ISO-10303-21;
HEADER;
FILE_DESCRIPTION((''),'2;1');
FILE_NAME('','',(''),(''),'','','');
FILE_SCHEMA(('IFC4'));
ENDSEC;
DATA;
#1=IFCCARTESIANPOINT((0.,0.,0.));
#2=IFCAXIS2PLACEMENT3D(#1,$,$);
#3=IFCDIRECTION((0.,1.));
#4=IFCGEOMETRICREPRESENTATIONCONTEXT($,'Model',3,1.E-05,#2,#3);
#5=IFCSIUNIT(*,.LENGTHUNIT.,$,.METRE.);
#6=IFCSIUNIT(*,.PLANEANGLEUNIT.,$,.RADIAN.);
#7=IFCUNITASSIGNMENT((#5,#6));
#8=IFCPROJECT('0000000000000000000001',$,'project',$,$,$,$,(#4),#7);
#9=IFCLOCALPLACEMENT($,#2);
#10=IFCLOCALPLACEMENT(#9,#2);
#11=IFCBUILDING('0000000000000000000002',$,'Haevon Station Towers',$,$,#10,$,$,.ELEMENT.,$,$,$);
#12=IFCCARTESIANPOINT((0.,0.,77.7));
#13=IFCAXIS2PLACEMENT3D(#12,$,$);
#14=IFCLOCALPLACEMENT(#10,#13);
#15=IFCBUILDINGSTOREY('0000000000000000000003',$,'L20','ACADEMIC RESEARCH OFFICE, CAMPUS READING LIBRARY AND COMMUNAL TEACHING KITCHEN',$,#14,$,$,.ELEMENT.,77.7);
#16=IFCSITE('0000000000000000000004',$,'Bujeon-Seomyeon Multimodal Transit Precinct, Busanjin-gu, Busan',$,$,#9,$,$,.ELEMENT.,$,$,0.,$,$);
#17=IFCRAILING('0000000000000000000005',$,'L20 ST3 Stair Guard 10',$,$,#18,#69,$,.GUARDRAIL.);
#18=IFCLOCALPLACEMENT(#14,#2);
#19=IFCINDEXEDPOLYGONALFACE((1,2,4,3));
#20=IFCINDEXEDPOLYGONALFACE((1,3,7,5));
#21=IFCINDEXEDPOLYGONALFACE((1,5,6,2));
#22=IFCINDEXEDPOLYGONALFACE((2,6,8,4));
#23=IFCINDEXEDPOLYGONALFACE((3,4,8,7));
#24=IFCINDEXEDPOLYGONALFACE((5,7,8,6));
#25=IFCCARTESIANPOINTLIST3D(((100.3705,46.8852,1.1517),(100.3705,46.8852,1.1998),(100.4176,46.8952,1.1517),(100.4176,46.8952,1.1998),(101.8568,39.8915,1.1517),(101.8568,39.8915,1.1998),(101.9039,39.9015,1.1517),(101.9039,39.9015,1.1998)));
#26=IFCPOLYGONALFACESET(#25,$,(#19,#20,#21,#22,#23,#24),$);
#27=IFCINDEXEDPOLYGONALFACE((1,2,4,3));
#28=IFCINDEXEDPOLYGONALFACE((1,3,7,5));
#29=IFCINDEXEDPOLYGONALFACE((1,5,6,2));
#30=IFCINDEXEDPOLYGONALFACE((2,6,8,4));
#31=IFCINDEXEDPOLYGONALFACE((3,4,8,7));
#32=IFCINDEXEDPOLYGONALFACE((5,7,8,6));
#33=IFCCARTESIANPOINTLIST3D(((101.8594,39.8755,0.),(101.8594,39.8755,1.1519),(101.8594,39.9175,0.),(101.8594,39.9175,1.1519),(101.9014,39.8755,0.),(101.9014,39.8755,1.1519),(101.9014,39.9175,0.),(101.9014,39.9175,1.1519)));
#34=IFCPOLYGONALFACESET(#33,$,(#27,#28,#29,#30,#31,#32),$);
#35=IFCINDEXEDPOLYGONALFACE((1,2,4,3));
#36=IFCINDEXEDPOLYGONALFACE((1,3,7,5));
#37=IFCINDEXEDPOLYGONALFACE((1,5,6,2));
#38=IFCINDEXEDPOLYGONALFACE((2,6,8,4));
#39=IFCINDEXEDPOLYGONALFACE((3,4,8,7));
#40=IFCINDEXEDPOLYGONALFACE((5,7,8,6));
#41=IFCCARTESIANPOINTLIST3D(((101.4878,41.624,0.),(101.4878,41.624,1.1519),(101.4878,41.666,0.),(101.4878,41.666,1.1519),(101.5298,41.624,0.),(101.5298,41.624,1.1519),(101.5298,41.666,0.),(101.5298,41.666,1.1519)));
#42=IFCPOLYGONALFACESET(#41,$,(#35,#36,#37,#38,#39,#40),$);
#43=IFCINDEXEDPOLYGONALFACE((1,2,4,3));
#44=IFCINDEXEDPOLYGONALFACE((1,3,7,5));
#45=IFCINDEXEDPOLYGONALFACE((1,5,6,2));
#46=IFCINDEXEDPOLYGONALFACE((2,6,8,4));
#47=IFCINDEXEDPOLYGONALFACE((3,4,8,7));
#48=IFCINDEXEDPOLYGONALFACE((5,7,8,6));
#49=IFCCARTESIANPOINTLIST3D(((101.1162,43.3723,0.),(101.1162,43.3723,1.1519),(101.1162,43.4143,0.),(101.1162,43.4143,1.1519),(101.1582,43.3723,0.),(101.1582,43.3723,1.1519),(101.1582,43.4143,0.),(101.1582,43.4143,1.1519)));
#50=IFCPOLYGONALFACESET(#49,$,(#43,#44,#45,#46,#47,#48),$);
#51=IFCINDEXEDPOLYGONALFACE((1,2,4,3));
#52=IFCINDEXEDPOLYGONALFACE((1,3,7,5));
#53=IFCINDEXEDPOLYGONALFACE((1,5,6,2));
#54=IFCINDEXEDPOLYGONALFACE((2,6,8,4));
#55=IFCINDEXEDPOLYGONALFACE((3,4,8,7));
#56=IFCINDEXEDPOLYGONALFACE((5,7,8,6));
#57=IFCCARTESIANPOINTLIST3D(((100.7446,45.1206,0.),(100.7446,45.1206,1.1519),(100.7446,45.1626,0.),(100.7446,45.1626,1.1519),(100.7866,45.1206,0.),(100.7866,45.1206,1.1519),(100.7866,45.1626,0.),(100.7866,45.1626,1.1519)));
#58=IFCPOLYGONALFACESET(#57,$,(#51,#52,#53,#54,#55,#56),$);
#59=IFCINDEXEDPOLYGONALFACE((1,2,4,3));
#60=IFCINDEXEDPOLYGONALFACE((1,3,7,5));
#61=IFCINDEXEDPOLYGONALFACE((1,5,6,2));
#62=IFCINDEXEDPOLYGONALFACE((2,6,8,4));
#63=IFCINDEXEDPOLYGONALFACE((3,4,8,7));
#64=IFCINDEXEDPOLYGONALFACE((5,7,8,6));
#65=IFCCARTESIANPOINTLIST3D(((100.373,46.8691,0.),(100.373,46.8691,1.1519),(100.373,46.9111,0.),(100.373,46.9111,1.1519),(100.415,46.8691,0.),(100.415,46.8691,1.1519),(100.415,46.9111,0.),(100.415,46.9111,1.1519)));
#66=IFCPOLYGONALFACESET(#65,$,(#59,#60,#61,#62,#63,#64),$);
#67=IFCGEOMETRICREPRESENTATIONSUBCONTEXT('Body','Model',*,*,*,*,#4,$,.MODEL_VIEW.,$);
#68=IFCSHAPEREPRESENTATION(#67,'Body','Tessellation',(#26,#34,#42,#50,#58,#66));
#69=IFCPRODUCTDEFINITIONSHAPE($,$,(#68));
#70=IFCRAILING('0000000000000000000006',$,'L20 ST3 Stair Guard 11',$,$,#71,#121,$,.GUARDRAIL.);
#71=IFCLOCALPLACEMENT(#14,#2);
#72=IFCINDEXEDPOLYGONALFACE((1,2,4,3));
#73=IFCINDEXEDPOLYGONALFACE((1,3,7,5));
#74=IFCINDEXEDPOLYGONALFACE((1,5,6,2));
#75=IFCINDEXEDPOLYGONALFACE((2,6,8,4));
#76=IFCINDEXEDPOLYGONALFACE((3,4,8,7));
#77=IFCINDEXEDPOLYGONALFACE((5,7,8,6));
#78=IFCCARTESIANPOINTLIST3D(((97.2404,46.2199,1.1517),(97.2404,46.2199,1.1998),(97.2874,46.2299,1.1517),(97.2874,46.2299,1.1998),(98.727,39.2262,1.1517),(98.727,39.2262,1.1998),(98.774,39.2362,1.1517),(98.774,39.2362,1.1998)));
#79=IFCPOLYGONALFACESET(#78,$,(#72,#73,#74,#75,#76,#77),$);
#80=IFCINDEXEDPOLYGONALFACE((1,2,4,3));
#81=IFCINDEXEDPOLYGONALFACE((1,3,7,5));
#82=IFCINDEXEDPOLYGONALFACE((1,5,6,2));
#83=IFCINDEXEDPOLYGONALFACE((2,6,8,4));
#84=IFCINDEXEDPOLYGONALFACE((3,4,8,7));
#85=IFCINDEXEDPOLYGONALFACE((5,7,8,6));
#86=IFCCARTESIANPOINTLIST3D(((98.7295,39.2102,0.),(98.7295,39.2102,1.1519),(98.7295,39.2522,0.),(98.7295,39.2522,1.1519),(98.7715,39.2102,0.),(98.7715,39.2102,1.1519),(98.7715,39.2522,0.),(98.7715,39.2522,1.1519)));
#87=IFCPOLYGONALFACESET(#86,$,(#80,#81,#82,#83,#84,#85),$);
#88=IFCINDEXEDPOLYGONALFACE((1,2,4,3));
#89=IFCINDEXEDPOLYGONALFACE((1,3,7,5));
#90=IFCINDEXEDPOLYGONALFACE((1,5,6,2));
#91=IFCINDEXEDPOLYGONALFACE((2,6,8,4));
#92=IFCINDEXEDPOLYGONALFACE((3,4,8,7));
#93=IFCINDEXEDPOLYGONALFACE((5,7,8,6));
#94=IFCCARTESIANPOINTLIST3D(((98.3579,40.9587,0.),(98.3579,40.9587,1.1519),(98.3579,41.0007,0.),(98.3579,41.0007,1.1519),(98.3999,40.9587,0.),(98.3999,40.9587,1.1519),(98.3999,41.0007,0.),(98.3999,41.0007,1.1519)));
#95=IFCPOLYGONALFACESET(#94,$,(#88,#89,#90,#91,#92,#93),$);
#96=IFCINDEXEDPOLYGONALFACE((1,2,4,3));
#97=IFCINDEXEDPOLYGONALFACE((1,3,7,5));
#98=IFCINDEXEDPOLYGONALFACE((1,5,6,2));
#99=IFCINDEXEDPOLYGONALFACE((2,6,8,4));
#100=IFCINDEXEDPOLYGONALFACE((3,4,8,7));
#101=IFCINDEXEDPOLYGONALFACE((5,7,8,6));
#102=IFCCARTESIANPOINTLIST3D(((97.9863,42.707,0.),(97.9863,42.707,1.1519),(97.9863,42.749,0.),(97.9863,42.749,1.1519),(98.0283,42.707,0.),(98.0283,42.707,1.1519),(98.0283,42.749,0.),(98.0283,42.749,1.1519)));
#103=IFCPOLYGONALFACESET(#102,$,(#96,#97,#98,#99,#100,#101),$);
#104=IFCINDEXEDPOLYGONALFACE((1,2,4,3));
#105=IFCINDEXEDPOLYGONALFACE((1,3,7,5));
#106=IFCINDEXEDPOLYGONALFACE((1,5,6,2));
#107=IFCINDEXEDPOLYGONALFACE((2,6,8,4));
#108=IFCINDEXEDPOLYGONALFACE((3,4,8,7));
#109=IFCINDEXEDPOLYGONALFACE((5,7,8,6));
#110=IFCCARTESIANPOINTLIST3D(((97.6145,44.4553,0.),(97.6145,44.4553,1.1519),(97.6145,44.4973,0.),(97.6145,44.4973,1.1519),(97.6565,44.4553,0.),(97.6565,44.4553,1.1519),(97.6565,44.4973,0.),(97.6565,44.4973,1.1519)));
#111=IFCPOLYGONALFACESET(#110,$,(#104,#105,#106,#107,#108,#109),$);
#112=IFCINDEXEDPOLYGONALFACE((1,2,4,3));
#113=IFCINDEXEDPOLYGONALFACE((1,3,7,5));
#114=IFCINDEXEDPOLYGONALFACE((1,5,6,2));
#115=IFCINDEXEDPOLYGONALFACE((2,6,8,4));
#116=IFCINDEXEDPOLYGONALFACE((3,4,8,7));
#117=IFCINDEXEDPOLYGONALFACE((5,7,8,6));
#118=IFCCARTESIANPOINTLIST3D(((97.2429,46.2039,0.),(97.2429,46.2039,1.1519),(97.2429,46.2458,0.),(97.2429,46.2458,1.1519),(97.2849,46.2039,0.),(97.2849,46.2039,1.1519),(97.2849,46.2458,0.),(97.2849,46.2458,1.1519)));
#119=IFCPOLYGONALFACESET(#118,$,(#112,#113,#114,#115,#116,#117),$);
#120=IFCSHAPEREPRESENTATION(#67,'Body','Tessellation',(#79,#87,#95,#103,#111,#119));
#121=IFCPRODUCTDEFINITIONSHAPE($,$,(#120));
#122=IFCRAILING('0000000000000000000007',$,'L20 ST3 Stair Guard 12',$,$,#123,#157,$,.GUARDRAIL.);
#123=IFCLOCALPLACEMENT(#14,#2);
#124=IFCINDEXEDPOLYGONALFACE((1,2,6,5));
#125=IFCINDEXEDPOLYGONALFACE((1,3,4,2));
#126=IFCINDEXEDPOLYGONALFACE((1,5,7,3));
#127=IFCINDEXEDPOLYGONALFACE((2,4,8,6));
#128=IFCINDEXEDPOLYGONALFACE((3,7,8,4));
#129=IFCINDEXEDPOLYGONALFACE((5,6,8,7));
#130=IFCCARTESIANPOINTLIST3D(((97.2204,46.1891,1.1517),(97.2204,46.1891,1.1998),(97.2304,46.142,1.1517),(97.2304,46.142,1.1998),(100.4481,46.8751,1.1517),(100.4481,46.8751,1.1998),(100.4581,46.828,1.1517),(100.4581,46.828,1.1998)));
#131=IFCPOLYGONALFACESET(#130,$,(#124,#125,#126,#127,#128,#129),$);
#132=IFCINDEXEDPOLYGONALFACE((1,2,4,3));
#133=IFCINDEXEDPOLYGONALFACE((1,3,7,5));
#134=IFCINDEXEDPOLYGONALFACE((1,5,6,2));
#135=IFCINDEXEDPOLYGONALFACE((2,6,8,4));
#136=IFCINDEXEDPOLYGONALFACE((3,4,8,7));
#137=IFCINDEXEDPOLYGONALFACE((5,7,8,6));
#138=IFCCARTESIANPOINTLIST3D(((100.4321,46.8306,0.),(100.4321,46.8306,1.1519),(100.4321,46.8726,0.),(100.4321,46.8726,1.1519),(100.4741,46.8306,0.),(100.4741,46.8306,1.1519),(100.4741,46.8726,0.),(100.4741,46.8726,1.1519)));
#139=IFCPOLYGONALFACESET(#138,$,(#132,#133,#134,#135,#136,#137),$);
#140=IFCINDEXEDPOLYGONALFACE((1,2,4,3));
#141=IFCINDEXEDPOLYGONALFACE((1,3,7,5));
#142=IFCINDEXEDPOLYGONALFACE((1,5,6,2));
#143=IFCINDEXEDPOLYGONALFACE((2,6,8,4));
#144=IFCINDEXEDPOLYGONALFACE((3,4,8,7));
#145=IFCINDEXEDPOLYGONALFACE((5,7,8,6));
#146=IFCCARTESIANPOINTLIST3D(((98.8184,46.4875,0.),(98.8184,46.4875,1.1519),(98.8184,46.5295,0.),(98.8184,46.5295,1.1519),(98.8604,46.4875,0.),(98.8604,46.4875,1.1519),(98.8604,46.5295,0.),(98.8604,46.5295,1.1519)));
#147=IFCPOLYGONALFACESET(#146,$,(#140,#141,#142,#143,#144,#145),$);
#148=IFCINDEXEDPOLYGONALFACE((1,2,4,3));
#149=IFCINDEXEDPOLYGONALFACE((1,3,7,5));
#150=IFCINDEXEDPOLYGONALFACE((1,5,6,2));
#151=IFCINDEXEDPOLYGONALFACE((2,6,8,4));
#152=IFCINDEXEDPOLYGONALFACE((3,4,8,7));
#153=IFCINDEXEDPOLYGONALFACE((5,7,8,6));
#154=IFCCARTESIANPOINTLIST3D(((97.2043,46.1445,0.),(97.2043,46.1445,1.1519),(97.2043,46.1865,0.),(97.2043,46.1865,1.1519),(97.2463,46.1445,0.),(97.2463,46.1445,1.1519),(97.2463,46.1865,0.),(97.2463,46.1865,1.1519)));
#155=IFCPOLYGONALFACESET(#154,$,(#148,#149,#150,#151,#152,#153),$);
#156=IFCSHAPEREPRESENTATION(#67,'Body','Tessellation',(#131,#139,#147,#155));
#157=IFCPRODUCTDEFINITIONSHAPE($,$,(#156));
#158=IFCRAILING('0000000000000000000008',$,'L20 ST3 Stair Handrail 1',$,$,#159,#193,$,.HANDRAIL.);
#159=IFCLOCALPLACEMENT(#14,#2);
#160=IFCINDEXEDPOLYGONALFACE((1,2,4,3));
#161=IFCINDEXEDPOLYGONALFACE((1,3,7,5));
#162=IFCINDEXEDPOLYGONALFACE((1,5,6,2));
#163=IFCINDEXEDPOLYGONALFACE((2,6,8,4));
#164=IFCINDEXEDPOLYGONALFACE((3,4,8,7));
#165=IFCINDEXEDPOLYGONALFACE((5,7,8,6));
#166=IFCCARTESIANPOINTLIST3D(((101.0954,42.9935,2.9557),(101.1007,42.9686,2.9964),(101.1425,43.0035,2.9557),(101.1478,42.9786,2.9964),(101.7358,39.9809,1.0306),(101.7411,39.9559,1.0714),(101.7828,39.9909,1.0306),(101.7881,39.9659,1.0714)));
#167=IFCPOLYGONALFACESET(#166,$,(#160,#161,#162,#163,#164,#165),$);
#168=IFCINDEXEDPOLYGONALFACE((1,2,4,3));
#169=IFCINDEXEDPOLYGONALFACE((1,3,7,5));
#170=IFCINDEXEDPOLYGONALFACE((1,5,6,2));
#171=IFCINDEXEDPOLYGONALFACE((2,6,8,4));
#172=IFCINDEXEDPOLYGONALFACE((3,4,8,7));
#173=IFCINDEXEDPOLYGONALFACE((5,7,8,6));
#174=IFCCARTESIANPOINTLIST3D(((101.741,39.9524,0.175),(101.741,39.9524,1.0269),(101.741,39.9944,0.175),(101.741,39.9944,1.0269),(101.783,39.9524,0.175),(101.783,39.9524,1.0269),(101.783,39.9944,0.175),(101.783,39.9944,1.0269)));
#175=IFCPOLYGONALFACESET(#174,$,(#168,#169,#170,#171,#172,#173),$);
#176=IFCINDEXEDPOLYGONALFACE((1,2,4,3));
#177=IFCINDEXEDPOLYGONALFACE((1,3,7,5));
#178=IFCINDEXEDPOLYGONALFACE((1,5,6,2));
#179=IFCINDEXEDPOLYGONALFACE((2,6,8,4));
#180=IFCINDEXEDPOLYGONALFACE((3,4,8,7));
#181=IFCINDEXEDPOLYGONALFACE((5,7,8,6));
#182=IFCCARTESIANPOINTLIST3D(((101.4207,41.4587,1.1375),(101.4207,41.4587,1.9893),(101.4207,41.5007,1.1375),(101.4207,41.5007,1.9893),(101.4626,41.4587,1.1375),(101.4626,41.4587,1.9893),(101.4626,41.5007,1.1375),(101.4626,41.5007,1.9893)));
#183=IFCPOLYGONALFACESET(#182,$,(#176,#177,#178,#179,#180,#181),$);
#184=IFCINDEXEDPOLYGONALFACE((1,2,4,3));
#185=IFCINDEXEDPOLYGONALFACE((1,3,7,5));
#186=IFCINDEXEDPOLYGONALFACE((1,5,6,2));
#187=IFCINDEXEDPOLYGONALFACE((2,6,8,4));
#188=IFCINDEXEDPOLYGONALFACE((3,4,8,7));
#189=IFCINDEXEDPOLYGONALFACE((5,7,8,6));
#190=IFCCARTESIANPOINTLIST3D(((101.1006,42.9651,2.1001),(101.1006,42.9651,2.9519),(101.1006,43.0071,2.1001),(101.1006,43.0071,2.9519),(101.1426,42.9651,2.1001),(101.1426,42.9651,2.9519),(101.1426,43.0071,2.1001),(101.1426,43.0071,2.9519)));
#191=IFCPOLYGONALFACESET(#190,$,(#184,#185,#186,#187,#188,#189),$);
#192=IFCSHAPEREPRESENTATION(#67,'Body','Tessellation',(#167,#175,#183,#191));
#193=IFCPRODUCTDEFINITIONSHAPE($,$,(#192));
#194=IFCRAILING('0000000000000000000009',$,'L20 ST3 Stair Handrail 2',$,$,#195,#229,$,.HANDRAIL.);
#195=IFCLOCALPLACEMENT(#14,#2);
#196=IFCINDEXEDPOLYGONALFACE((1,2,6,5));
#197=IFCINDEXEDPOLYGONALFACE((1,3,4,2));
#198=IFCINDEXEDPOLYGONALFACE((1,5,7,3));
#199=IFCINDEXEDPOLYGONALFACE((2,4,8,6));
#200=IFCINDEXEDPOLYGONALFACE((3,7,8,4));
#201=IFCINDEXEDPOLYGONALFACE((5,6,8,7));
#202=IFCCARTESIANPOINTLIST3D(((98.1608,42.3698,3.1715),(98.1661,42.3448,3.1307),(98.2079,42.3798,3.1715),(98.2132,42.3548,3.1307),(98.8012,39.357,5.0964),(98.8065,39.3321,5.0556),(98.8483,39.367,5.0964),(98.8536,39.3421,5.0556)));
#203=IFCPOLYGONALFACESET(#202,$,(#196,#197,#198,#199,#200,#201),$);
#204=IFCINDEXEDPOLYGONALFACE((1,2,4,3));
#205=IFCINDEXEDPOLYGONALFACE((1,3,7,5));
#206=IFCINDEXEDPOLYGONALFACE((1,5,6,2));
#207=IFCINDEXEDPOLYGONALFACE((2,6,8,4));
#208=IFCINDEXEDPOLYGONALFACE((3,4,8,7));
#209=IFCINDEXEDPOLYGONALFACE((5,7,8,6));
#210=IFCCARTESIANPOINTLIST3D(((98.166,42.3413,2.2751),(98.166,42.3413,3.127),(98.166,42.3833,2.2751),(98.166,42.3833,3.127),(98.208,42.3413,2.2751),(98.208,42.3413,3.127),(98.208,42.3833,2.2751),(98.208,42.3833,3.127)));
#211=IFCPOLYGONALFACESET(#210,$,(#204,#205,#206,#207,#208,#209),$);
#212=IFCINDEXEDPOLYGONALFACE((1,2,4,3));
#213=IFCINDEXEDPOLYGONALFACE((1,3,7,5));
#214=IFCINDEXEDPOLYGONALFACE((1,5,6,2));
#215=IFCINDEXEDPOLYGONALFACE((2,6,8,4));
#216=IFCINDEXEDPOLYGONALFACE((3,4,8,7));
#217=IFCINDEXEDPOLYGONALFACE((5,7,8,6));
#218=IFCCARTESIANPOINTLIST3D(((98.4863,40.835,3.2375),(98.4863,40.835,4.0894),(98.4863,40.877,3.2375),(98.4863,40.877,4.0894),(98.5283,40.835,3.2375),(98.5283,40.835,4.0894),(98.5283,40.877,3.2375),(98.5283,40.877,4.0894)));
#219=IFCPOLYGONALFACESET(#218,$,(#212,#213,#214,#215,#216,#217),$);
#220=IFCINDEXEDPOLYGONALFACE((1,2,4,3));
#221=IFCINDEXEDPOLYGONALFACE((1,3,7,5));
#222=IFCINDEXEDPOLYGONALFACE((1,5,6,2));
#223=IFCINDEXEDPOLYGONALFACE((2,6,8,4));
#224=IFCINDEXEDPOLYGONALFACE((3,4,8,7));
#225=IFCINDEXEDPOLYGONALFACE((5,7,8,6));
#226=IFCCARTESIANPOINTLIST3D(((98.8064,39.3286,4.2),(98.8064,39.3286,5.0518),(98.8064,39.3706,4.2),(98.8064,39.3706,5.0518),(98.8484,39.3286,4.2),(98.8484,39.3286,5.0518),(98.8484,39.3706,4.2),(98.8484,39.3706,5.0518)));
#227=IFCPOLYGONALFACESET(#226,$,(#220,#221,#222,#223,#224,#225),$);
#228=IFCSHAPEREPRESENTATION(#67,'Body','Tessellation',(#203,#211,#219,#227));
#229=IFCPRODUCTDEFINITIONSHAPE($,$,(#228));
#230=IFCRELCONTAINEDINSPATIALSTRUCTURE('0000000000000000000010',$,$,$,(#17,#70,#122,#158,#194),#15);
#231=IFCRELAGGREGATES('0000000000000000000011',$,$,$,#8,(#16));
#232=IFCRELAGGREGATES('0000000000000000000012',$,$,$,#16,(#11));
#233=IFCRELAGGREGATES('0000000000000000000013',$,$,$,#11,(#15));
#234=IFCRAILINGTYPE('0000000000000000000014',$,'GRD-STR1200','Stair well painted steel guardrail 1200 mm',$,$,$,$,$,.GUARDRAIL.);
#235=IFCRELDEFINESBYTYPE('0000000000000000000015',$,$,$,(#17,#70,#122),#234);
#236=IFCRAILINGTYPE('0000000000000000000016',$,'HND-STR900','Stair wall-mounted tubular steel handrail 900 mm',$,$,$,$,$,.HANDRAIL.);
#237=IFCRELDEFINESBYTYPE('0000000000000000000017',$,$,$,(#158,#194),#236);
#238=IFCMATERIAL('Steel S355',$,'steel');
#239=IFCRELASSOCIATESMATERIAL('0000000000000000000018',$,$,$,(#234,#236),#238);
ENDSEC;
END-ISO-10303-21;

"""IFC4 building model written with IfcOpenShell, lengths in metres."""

from ifc_helpers import new_model, si_unit, direction, frame, origin, origin_2d, place, context, subcontext, project, spatial, rectangle, extrude, material, type_object, element, save


model = new_model("IFC4")

# Units and contexts
model_context = context("Model", 3, precision=1e-05, world=origin(), true_north=direction((0.0, 1.0)))
body_context = subcontext(model_context, "Body", "Model", "MODEL_VIEW")
ifc_project = project(units=[si_unit("LENGTHUNIT", "METRE"), si_unit("PLANEANGLEUNIT", "RADIAN")], contexts=[model_context])

# Site, building, storey
site_placement = place(None, origin())
site = spatial("IfcSite", under=ifc_project, at=site_placement, Name="Bujeon-Seomyeon Multimodal Transit Precinct, Busanjin-gu, Busan", CompositionType="ELEMENT", RefElevation=0.0)
building_placement = place(site_placement, origin())
building = spatial("IfcBuilding", under=site, at=building_placement, Name="Haevon Station Towers", CompositionType="ELEMENT")
storey_placement = place(building_placement, frame((0.0, 0.0, 77.7)))
storey = spatial("IfcBuildingStorey", under=building, at=storey_placement, Name="L20", Description="ACADEMIC RESEARCH OFFICE, CAMPUS READING LIBRARY AND COMMUNAL TEACHING KITCHEN", CompositionType="ELEMENT", Elevation=77.7)

# Shared definitions
ifc_material_1 = material(Name="Steel S355", Category="steel")

# Railings
railing_type_1 = type_object("IfcRailingType", Name="GRD-STR1200", Description="Stair well painted steel guardrail 1200 mm", PredefinedType="GUARDRAIL", material=ifc_material_1)
railing_1_placement = place(storey_placement, frame((101.8804, 39.8965, 0.0)))
element("IfcRailing", 1, at=railing_1_placement, inside=storey, type_object=railing_type_1, Name="L20 ST3 Stair Guard 10", PredefinedType="GUARDRAIL", context=body_context, shape_type="SweptSolid", body=[
    extrude(rectangle(XDim=0.0481, YDim=0.0481, at=origin_2d()), frame((0.0, 0.0, 1.1758), z_axis=(-0.207882, 0.978154, 0.0), x_axis=(-0.978154, -0.207882, 0.0)), (0.0, 0.0, 1.0), 7.1499),
    extrude(rectangle(XDim=0.042, YDim=0.042, at=origin_2d()), origin(), (0.0, 0.0, 1.0), 1.1519),
    extrude(rectangle(XDim=0.042, YDim=0.042, at=origin_2d()), frame((-0.3716, 1.7485, 0.0)), (0.0, 0.0, 1.0), 1.1519),
    extrude(rectangle(XDim=0.042, YDim=0.042, at=origin_2d()), frame((-0.7432, 3.4968, 0.0)), (0.0, 0.0, 1.0), 1.1519),
    extrude(rectangle(XDim=0.042, YDim=0.042, at=origin_2d()), frame((-1.1147, 5.2451, 0.0)), (0.0, 0.0, 1.0), 1.1519),
    extrude(rectangle(XDim=0.042, YDim=0.042, at=origin_2d()), frame((-1.4863, 6.9937, 0.0)), (0.0, 0.0, 1.0), 1.1519),
])
railing_2_placement = place(storey_placement, frame((98.7505, 39.2312, 0.0)))
element("IfcRailing", 2, at=railing_2_placement, inside=storey, type_object=railing_type_1, Name="L20 ST3 Stair Guard 11", PredefinedType="GUARDRAIL", context=body_context, shape_type="SweptSolid", body=[
    extrude(rectangle(XDim=0.0481, YDim=0.0481, at=origin_2d()), frame((0.0, 0.0, 1.1758), z_axis=(-0.207915, 0.978147, 0.0), x_axis=(-0.978147, -0.207915, 0.0)), (0.0, 0.0, 1.0), 7.1499),
    extrude(rectangle(XDim=0.042, YDim=0.042, at=origin_2d()), origin(), (0.0, 0.0, 1.0), 1.1519),
    extrude(rectangle(XDim=0.042, YDim=0.042, at=origin_2d()), frame((-0.3716, 1.7485, 0.0)), (0.0, 0.0, 1.0), 1.1519),
    extrude(rectangle(XDim=0.042, YDim=0.042, at=origin_2d()), frame((-0.7432, 3.4968, 0.0)), (0.0, 0.0, 1.0), 1.1519),
    extrude(rectangle(XDim=0.042, YDim=0.042, at=origin_2d()), frame((-1.115, 5.2451, 0.0)), (0.0, 0.0, 1.0), 1.1519),
    extrude(rectangle(XDim=0.042, YDim=0.042, at=origin_2d()), frame((-1.4866, 6.9937, 0.0)), (0.0, 0.0, 1.0), 1.1519),
])
railing_3_placement = place(storey_placement, frame((100.4531, 46.8516, 0.0)))
element("IfcRailing", 3, at=railing_3_placement, inside=storey, type_object=railing_type_1, Name="L20 ST3 Stair Guard 12", PredefinedType="GUARDRAIL", context=body_context, shape_type="SweptSolid", body=[
    extrude(rectangle(XDim=0.0481, YDim=0.0481, at=origin_2d()), frame((0.0, 0.0, 1.1758), z_axis=(-0.978151, -0.207897, 0.0), x_axis=(0.207897, -0.978151, 0.0)), (0.0, 0.0, 1.0), 3.2998),
    extrude(rectangle(XDim=0.042, YDim=0.042, at=origin_2d()), origin(), (0.0, 0.0, 1.0), 1.1519),
    extrude(rectangle(XDim=0.042, YDim=0.042, at=origin_2d()), frame((-1.6138, -0.343, 0.0)), (0.0, 0.0, 1.0), 1.1519),
    extrude(rectangle(XDim=0.042, YDim=0.042, at=origin_2d()), frame((-3.2278, -0.686, 0.0)), (0.0, 0.0, 1.0), 1.1519),
])
railing_type_2 = type_object("IfcRailingType", Name="HND-STR900", Description="Stair wall-mounted tubular steel handrail 900 mm", PredefinedType="HANDRAIL", material=ifc_material_1)
railing_4_placement = place(storey_placement, frame((101.762, 39.9734, 0.175)))
element("IfcRailing", 4, at=railing_4_placement, inside=storey, type_object=railing_type_2, Name="L20 ST3 Stair Handrail 1", PredefinedType="HANDRAIL", context=body_context, shape_type="SweptSolid", body=[
    extrude(rectangle(XDim=0.0481, YDim=0.0481, at=origin_2d()), frame((0.0, 0.0, 0.876), z_axis=(-0.176311, 0.829461, 0.530008), x_axis=(-0.978147, -0.207916, 0.0)), (0.0, 0.0, 1.0), 3.6321),
    extrude(rectangle(XDim=0.042, YDim=0.042, at=origin_2d()), origin(), (0.0, 0.0, 1.0), 0.8518),
    extrude(rectangle(XDim=0.042, YDim=0.042, at=origin_2d()), frame((-0.3203, 1.5063, 0.9624)), (0.0, 0.0, 1.0), 0.8518),
    extrude(rectangle(XDim=0.042, YDim=0.042, at=origin_2d()), frame((-0.6404, 3.0127, 1.925)), (0.0, 0.0, 1.0), 0.8518),
])
railing_5_placement = place(storey_placement, frame((98.187, 42.3623, 2.2751)))
element("IfcRailing", 5, at=railing_5_placement, inside=storey, type_object=railing_type_2, Name="L20 ST3 Stair Handrail 2", PredefinedType="HANDRAIL", context=body_context, shape_type="SweptSolid", body=[
    extrude(rectangle(XDim=0.0481, YDim=0.0481, at=origin_2d()), frame((0.0, 0.0, 0.876), z_axis=(0.176317, -0.829491, 0.52996), x_axis=(0.978147, 0.207916, 0.0)), (0.0, 0.0, 1.0), 3.6321),
    extrude(rectangle(XDim=0.042, YDim=0.042, at=origin_2d()), origin(), (0.0, 0.0, 1.0), 0.8518),
    extrude(rectangle(XDim=0.042, YDim=0.042, at=origin_2d()), frame((0.3203, -1.5063, 0.9624)), (0.0, 0.0, 1.0), 0.8518),
    extrude(rectangle(XDim=0.042, YDim=0.042, at=origin_2d()), frame((0.6404, -3.0127, 1.9248)), (0.0, 0.0, 1.0), 0.8518),
])

save(model, "model.ifc")
